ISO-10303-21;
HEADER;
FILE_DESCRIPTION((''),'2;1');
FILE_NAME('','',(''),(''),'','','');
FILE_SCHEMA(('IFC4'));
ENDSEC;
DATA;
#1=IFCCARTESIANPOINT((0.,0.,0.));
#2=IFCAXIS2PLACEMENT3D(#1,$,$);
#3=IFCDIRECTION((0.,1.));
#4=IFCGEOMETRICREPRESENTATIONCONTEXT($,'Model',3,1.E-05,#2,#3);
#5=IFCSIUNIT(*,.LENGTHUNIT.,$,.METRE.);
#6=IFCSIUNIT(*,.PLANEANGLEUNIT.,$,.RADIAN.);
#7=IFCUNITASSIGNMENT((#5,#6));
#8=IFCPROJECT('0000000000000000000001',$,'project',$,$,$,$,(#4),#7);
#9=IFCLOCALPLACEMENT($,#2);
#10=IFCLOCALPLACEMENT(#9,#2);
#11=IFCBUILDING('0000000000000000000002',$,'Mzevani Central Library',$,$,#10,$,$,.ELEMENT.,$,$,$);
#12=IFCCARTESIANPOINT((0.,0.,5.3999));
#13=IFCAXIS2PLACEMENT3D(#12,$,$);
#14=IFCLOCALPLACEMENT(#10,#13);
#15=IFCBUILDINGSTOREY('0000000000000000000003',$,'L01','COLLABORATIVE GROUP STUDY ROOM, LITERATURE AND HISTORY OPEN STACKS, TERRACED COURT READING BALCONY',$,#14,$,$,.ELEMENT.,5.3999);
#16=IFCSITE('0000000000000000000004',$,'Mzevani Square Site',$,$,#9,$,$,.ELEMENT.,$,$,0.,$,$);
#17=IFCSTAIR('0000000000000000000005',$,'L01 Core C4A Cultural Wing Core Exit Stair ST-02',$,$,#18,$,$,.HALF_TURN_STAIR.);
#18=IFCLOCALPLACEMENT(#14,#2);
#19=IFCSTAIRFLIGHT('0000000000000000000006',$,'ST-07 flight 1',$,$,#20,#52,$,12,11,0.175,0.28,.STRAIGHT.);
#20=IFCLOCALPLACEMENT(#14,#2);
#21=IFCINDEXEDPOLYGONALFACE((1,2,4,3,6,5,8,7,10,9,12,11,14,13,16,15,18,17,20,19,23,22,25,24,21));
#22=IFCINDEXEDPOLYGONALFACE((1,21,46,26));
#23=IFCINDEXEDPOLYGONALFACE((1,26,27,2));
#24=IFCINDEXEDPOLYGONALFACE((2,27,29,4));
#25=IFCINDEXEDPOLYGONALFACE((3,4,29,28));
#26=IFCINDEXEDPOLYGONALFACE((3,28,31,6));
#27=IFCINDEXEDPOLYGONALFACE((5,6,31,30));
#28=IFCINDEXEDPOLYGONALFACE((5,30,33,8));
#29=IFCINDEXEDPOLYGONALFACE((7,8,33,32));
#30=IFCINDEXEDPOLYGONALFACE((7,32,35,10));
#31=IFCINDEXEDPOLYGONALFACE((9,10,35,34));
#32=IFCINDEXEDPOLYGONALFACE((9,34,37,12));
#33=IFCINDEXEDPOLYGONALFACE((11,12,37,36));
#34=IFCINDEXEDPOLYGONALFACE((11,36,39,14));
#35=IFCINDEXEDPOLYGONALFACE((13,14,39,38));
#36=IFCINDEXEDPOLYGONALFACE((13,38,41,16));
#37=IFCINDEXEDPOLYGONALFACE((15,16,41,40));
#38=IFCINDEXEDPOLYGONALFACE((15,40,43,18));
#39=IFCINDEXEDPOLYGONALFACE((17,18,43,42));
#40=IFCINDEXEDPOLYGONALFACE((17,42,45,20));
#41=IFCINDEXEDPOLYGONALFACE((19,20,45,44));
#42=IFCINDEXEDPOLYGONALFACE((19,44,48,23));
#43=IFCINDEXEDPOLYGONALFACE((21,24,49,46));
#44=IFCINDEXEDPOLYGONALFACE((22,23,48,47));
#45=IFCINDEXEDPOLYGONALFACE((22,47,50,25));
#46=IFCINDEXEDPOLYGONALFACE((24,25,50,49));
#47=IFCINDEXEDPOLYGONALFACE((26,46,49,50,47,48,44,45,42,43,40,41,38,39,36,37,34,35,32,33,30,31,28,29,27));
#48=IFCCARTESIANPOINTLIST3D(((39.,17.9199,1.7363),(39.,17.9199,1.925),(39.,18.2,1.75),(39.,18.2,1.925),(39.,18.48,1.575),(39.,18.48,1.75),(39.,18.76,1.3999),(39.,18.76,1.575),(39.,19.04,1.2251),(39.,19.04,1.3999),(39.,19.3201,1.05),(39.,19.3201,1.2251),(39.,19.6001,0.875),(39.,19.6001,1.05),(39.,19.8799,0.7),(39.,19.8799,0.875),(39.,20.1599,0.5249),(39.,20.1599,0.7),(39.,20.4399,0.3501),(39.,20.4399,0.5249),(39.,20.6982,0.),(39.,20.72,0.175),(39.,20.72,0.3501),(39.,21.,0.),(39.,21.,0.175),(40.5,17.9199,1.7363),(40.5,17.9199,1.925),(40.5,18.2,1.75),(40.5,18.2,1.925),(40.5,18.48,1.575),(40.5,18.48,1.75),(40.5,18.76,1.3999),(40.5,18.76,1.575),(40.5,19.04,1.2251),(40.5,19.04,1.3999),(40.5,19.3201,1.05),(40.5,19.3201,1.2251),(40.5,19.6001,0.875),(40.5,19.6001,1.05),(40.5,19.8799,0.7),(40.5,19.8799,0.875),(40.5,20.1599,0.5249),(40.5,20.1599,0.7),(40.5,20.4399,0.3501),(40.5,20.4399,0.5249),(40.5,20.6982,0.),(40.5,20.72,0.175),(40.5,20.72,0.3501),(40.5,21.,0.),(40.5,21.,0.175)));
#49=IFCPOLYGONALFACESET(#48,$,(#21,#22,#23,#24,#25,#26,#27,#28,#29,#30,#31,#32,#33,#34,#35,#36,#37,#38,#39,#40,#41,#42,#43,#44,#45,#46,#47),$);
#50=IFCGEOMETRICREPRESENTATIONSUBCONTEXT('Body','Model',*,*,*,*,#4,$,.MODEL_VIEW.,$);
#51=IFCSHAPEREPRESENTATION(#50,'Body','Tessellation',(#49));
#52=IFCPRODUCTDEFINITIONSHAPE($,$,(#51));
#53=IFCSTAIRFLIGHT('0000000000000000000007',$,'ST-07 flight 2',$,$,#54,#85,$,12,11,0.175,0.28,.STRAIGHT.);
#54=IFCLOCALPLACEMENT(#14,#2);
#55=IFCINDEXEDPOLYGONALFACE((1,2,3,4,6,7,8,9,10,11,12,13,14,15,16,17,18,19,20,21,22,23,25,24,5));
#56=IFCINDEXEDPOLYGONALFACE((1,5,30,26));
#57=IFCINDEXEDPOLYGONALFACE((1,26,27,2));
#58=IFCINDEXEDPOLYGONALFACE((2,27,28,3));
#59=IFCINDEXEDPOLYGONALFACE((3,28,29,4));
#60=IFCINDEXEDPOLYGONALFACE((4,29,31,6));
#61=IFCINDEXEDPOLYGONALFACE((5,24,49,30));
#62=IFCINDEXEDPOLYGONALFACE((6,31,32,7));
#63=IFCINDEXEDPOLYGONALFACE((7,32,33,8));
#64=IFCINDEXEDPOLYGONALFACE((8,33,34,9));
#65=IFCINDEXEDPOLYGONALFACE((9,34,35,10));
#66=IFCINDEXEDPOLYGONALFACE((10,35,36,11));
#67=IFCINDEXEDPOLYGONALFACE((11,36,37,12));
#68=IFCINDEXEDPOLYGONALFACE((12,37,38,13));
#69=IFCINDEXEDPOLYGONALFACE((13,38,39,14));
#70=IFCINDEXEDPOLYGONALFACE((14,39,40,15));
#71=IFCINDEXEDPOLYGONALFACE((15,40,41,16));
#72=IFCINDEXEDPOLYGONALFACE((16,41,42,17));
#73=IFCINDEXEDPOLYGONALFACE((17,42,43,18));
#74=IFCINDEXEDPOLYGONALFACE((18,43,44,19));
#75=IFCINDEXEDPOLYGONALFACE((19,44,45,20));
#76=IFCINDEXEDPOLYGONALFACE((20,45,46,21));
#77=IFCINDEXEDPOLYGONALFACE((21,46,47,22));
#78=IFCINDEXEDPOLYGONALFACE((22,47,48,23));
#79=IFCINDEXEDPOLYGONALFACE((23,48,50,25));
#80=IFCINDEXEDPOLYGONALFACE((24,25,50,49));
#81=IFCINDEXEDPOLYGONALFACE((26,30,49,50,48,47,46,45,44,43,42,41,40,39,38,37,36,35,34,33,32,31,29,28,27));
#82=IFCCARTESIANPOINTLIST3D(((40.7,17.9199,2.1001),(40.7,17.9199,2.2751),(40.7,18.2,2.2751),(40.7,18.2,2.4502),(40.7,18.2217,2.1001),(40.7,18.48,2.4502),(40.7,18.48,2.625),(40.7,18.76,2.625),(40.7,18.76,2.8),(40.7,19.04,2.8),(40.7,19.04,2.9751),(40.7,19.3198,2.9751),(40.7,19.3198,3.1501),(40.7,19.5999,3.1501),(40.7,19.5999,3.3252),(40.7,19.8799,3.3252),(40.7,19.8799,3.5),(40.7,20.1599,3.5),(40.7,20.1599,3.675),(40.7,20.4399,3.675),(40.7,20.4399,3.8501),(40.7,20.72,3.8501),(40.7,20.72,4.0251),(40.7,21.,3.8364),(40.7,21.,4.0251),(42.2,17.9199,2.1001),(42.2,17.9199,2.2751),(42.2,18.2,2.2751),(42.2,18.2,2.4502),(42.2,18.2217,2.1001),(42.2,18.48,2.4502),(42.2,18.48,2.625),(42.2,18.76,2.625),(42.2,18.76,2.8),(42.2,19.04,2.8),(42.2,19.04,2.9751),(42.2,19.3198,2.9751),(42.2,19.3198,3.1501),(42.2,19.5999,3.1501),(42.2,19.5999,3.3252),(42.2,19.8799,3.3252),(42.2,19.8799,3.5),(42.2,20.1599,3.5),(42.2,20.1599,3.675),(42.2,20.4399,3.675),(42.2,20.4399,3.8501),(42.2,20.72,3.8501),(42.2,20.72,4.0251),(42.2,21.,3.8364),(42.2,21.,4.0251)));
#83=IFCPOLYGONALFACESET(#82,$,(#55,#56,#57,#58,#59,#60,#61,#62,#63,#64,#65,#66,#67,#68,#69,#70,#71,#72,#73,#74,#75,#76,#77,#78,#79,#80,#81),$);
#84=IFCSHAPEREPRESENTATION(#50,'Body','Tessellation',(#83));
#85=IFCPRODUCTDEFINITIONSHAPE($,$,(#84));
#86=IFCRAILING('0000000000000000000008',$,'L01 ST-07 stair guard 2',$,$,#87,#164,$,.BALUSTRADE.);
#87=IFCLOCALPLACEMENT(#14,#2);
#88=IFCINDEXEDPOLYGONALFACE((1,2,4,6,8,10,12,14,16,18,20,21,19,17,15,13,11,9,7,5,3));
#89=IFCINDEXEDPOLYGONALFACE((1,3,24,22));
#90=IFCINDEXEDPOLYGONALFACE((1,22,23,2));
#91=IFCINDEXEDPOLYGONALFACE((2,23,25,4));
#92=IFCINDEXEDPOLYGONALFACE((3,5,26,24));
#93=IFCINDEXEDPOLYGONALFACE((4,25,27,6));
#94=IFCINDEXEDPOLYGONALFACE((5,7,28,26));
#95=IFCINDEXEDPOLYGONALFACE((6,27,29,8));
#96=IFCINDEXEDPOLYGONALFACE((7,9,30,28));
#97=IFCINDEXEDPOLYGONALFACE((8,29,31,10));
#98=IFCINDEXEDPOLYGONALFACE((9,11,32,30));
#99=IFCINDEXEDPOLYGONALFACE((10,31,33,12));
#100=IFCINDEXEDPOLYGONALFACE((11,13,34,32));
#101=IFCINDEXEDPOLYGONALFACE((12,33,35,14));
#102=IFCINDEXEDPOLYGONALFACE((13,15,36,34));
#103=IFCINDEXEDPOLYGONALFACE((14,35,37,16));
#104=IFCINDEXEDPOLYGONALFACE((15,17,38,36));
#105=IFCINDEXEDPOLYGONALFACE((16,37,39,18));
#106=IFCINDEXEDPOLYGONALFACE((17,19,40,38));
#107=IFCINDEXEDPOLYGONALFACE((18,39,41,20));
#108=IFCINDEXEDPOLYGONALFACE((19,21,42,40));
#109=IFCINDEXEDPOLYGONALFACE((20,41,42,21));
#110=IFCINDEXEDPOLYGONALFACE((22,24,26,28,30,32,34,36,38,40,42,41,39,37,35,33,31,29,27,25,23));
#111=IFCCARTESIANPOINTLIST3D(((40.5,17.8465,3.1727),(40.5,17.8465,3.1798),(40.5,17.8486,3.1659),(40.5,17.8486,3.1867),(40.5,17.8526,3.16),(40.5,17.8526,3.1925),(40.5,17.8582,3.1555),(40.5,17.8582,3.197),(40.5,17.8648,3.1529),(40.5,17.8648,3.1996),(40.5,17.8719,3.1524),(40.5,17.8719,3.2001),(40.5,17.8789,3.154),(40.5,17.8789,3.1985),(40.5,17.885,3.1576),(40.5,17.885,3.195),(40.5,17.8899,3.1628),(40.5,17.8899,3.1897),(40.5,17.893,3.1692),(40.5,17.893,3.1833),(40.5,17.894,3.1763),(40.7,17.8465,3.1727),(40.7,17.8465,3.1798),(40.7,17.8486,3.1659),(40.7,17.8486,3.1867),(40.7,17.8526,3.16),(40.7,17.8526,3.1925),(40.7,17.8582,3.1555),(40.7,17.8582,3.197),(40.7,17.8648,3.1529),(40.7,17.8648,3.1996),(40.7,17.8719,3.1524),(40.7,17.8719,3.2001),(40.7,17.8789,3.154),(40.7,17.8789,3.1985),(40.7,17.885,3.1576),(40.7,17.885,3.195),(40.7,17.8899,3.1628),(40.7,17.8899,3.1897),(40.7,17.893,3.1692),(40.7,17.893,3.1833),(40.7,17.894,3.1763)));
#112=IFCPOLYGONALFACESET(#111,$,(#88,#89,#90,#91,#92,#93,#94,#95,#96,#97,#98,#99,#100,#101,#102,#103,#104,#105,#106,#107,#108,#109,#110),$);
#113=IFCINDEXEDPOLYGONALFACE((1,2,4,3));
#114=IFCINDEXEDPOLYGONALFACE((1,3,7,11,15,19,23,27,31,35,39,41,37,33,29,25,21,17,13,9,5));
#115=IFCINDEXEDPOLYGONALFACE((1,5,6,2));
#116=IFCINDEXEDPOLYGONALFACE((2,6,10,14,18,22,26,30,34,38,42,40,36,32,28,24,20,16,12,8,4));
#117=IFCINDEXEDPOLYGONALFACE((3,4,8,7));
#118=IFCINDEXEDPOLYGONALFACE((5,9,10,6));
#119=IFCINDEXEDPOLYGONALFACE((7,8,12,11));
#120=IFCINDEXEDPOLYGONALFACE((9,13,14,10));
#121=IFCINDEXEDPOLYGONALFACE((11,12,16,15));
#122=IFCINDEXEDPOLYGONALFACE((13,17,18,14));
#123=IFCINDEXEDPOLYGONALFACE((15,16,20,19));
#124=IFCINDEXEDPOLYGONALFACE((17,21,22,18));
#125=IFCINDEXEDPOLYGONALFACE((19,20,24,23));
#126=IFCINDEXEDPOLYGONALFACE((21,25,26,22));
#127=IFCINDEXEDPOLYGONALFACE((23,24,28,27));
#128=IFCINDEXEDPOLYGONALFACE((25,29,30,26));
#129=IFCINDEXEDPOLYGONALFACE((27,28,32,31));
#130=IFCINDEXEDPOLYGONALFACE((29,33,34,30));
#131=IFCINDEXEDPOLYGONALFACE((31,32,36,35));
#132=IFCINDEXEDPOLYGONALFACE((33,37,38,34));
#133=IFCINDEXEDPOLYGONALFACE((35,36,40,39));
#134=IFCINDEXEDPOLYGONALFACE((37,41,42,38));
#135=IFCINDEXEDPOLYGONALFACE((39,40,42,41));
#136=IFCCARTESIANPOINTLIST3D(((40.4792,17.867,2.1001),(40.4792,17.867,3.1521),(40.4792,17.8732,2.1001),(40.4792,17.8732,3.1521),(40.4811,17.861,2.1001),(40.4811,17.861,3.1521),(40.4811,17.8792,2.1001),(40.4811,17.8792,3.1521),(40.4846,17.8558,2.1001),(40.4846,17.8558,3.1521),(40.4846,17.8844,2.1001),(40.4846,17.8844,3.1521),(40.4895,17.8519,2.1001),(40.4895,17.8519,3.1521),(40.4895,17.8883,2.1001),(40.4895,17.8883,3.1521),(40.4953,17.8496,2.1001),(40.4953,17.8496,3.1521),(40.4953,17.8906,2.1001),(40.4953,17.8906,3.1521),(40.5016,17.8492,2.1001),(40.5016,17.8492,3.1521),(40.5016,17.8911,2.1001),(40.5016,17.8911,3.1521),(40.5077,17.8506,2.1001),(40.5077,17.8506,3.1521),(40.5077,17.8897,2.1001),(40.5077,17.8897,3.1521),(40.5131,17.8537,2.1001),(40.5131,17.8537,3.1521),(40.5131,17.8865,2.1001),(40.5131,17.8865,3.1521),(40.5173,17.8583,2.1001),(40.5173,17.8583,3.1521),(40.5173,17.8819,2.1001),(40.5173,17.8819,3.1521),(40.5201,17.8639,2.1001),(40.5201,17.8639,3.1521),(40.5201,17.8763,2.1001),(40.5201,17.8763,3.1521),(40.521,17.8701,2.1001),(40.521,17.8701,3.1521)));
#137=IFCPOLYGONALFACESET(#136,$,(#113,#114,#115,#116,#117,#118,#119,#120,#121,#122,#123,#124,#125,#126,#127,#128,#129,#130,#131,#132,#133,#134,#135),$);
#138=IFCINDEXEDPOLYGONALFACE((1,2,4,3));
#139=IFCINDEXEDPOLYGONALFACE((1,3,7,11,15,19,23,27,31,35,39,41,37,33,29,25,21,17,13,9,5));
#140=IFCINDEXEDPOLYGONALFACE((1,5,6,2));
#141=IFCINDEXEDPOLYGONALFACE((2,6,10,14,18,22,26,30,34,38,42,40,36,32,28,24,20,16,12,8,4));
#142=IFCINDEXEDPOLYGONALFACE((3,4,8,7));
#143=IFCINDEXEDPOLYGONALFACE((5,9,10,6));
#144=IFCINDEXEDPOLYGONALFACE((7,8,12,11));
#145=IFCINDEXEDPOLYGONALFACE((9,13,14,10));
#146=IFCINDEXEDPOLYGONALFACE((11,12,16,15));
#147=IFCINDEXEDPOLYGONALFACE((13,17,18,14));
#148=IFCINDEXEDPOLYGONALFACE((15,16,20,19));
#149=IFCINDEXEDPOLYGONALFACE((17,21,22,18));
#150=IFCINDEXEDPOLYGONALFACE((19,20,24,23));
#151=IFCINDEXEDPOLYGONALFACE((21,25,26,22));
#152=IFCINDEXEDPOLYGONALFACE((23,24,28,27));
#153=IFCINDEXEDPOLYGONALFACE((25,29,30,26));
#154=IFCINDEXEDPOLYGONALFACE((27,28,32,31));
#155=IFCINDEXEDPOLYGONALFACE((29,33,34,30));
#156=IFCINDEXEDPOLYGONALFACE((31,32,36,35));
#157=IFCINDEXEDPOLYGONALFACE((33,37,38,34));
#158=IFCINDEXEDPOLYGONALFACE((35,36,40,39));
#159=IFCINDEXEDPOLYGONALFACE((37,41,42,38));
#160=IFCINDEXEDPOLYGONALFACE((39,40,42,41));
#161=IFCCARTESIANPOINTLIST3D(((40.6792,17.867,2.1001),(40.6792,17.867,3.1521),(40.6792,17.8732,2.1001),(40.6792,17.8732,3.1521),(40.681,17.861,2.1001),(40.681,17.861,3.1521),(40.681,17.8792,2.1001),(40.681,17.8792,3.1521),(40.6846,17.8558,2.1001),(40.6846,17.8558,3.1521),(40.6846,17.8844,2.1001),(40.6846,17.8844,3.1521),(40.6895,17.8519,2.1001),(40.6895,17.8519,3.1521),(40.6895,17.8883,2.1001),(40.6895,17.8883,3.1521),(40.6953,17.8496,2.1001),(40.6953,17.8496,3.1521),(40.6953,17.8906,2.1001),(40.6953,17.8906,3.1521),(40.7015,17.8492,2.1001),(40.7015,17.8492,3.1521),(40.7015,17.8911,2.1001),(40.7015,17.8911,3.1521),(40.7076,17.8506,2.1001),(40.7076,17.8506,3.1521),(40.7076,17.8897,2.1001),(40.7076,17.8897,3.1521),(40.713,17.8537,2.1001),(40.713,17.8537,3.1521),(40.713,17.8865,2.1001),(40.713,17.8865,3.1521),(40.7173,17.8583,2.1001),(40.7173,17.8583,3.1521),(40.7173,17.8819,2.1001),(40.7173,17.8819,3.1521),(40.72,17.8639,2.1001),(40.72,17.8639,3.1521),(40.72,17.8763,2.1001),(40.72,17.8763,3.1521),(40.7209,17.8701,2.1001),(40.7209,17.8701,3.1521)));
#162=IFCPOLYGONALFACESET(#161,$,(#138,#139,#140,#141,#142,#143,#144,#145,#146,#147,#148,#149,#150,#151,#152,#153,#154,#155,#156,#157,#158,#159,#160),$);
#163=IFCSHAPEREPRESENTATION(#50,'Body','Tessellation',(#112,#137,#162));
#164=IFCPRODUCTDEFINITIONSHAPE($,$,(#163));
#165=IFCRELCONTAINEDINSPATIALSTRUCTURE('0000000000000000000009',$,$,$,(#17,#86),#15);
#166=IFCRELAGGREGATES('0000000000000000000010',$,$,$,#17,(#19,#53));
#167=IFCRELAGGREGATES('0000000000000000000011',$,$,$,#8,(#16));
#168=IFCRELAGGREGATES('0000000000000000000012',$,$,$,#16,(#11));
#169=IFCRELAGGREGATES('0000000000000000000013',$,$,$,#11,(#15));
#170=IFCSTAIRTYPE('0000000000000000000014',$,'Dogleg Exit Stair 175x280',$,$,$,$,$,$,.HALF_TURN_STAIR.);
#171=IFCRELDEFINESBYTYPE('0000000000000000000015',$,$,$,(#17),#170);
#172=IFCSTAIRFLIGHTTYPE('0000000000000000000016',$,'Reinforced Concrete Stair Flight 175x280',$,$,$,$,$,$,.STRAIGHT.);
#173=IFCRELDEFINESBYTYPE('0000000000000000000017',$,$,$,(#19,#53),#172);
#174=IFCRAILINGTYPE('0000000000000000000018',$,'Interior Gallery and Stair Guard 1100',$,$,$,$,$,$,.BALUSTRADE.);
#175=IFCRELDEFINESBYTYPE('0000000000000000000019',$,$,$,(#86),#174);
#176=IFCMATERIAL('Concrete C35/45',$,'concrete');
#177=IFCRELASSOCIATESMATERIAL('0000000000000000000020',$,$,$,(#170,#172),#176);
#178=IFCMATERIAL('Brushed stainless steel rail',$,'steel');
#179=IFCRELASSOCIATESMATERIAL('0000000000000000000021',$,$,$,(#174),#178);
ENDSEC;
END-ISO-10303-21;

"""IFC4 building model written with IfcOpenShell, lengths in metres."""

from ifc_helpers import new_model, si_unit, direction, frame, origin, origin_2d, place, context, subcontext, project, spatial, polyline, circle, outline, extrude, material, type_object, element, aggregate, save


model = new_model("IFC4")

# Units and contexts
model_context = context("Model", 3, precision=1e-05, world=origin(), true_north=direction((0.0, 1.0)))
body_context = subcontext(model_context, "Body", "Model", "MODEL_VIEW")
ifc_project = project(units=[si_unit("LENGTHUNIT", "METRE"), si_unit("PLANEANGLEUNIT", "RADIAN")], contexts=[model_context])

# Site, building, storey
site_placement = place(None, origin())
site = spatial("IfcSite", under=ifc_project, at=site_placement, Name="Mzevani Square Site", CompositionType="ELEMENT", RefElevation=0.0)
building_placement = place(site_placement, origin())
building = spatial("IfcBuilding", under=site, at=building_placement, Name="Mzevani Central Library", CompositionType="ELEMENT")
storey_placement = place(building_placement, frame((0.0, 0.0, 5.3999)))
storey = spatial("IfcBuildingStorey", under=building, at=storey_placement, Name="L01", Description="COLLABORATIVE GROUP STUDY ROOM, LITERATURE AND HISTORY OPEN STACKS, TERRACED COURT READING BALCONY", CompositionType="ELEMENT", Elevation=5.3999)

# Shared definitions
ifc_material_1 = material(Name="Concrete C35/45", Category="concrete")

# Stair, stair flights
stair_type = type_object("IfcStairType", Name="Dogleg Exit Stair 175x280", PredefinedType="HALF_TURN_STAIR", material=ifc_material_1)
stair_placement = place(storey_placement, origin())
stair = element("IfcStair", 1, at=stair_placement, inside=storey, type_object=stair_type, Name="L01 Core C4A Cultural Wing Core Exit Stair ST-02", PredefinedType="HALF_TURN_STAIR")
stair_flight_type = type_object("IfcStairFlightType", Name="Reinforced Concrete Stair Flight 175x280", PredefinedType="STRAIGHT", material=ifc_material_1)
stair_flight_1_placement = place(storey_placement, frame((39.75, 21.0, 0.0), z_axis=(0.0, 0.0, 1.0), x_axis=(0.0, -1.0, 0.0)))
stair_flight_1 = element("IfcStairFlight", 2, at=stair_flight_1_placement, type_object=stair_flight_type, Name="ST-07 flight 1", NumberOfRisers=12, NumberOfTreads=11, PredefinedType="STRAIGHT", RiserHeight=0.175, TreadLength=0.28, context=body_context, shape_type="SweptSolid", body=[
    extrude(outline(polyline([(0.0, 0.0), (0.0, 0.175), (0.28, 0.175), (0.28, 0.3501), (0.5601, 0.3501), (0.5601, 0.5249), (0.8401, 0.5249), (0.8401, 0.7), (1.1201, 0.7), (1.1201, 0.875), (1.3999, 0.875), (1.3999, 1.05), (1.6799, 1.05), (1.6799, 1.2251), (1.96, 1.2251), (1.96, 1.3999), (2.24, 1.3999), (2.24, 1.575), (2.52, 1.575), (2.52, 1.75), (2.8, 1.75), (2.8, 1.925), (3.0801, 1.925), (3.0801, 2.1001), (3.0801, 1.7363), (0.3018, 0.0), (0.0, 0.0)])), frame((0.0, 0.75, 0.0), z_axis=(0.0, -1.0, 0.0), x_axis=(1.0, 0.0, 0.0)), (0.0, 0.0, 1.0), 1.5),
])
stair_flight_2_placement = place(storey_placement, frame((41.45, 17.9199, 2.1001), z_axis=(0.0, 0.0, 1.0), x_axis=(0.0, 1.0, 0.0)))
stair_flight_2 = element("IfcStairFlight", 3, at=stair_flight_2_placement, type_object=stair_flight_type, Name="ST-07 flight 2", NumberOfRisers=12, NumberOfTreads=11, PredefinedType="STRAIGHT", RiserHeight=0.175, TreadLength=0.28, context=body_context, shape_type="SweptSolid", body=[
    extrude(outline(polyline([(0.0, 0.0), (0.0, 0.175), (0.28, 0.175), (0.28, 0.3501), (0.5601, 0.3501), (0.5601, 0.5249), (0.8401, 0.5249), (0.8401, 0.7), (1.1201, 0.7), (1.1201, 0.875), (1.3999, 0.875), (1.3999, 1.05), (1.6799, 1.05), (1.6799, 1.2251), (1.96, 1.2251), (1.96, 1.3999), (2.24, 1.3999), (2.24, 1.575), (2.52, 1.575), (2.52, 1.75), (2.8, 1.75), (2.8, 1.925), (3.0801, 1.925), (3.0801, 2.1001), (3.0801, 1.7363), (0.3018, 0.0), (0.0, 0.0)])), frame((0.0, 0.75, 0.0), z_axis=(0.0, -1.0, 0.0), x_axis=(1.0, 0.0, 0.0)), (0.0, 0.0, 1.0), 1.5),
])
aggregate(stair, [stair_flight_1, stair_flight_2])

# Railing
ifc_material_2 = material(Name="Brushed stainless steel rail", Category="steel")
railing_type_1 = type_object("IfcRailingType", Name="Interior Gallery and Stair Guard 1100", PredefinedType="BALUSTRADE", material=ifc_material_2)
railing_1_placement = place(storey_placement, frame((40.5, 17.8701, 2.1001)))
element("IfcRailing", 4, at=railing_1_placement, inside=storey, type_object=railing_type_1, Name="L01 ST-07 stair guard 2", PredefinedType="BALUSTRADE", context=body_context, shape_type="SweptSolid", body=[
    extrude(circle(Radius=0.0239, at=origin_2d()), frame((0.0, 0.0, 1.0762), z_axis=(1.0, 0.0, 0.0), x_axis=(0.0, 1.0, 0.0)), (0.0, 0.0, 1.0), 0.2),
    extrude(circle(Radius=0.021, at=origin_2d()), origin(), (0.0, 0.0, 1.0), 1.052),
    extrude(circle(Radius=0.021, at=origin_2d()), frame((0.2, 0.0, 0.0)), (0.0, 0.0, 1.0), 1.052),
])

save(model, "model.ifc")
